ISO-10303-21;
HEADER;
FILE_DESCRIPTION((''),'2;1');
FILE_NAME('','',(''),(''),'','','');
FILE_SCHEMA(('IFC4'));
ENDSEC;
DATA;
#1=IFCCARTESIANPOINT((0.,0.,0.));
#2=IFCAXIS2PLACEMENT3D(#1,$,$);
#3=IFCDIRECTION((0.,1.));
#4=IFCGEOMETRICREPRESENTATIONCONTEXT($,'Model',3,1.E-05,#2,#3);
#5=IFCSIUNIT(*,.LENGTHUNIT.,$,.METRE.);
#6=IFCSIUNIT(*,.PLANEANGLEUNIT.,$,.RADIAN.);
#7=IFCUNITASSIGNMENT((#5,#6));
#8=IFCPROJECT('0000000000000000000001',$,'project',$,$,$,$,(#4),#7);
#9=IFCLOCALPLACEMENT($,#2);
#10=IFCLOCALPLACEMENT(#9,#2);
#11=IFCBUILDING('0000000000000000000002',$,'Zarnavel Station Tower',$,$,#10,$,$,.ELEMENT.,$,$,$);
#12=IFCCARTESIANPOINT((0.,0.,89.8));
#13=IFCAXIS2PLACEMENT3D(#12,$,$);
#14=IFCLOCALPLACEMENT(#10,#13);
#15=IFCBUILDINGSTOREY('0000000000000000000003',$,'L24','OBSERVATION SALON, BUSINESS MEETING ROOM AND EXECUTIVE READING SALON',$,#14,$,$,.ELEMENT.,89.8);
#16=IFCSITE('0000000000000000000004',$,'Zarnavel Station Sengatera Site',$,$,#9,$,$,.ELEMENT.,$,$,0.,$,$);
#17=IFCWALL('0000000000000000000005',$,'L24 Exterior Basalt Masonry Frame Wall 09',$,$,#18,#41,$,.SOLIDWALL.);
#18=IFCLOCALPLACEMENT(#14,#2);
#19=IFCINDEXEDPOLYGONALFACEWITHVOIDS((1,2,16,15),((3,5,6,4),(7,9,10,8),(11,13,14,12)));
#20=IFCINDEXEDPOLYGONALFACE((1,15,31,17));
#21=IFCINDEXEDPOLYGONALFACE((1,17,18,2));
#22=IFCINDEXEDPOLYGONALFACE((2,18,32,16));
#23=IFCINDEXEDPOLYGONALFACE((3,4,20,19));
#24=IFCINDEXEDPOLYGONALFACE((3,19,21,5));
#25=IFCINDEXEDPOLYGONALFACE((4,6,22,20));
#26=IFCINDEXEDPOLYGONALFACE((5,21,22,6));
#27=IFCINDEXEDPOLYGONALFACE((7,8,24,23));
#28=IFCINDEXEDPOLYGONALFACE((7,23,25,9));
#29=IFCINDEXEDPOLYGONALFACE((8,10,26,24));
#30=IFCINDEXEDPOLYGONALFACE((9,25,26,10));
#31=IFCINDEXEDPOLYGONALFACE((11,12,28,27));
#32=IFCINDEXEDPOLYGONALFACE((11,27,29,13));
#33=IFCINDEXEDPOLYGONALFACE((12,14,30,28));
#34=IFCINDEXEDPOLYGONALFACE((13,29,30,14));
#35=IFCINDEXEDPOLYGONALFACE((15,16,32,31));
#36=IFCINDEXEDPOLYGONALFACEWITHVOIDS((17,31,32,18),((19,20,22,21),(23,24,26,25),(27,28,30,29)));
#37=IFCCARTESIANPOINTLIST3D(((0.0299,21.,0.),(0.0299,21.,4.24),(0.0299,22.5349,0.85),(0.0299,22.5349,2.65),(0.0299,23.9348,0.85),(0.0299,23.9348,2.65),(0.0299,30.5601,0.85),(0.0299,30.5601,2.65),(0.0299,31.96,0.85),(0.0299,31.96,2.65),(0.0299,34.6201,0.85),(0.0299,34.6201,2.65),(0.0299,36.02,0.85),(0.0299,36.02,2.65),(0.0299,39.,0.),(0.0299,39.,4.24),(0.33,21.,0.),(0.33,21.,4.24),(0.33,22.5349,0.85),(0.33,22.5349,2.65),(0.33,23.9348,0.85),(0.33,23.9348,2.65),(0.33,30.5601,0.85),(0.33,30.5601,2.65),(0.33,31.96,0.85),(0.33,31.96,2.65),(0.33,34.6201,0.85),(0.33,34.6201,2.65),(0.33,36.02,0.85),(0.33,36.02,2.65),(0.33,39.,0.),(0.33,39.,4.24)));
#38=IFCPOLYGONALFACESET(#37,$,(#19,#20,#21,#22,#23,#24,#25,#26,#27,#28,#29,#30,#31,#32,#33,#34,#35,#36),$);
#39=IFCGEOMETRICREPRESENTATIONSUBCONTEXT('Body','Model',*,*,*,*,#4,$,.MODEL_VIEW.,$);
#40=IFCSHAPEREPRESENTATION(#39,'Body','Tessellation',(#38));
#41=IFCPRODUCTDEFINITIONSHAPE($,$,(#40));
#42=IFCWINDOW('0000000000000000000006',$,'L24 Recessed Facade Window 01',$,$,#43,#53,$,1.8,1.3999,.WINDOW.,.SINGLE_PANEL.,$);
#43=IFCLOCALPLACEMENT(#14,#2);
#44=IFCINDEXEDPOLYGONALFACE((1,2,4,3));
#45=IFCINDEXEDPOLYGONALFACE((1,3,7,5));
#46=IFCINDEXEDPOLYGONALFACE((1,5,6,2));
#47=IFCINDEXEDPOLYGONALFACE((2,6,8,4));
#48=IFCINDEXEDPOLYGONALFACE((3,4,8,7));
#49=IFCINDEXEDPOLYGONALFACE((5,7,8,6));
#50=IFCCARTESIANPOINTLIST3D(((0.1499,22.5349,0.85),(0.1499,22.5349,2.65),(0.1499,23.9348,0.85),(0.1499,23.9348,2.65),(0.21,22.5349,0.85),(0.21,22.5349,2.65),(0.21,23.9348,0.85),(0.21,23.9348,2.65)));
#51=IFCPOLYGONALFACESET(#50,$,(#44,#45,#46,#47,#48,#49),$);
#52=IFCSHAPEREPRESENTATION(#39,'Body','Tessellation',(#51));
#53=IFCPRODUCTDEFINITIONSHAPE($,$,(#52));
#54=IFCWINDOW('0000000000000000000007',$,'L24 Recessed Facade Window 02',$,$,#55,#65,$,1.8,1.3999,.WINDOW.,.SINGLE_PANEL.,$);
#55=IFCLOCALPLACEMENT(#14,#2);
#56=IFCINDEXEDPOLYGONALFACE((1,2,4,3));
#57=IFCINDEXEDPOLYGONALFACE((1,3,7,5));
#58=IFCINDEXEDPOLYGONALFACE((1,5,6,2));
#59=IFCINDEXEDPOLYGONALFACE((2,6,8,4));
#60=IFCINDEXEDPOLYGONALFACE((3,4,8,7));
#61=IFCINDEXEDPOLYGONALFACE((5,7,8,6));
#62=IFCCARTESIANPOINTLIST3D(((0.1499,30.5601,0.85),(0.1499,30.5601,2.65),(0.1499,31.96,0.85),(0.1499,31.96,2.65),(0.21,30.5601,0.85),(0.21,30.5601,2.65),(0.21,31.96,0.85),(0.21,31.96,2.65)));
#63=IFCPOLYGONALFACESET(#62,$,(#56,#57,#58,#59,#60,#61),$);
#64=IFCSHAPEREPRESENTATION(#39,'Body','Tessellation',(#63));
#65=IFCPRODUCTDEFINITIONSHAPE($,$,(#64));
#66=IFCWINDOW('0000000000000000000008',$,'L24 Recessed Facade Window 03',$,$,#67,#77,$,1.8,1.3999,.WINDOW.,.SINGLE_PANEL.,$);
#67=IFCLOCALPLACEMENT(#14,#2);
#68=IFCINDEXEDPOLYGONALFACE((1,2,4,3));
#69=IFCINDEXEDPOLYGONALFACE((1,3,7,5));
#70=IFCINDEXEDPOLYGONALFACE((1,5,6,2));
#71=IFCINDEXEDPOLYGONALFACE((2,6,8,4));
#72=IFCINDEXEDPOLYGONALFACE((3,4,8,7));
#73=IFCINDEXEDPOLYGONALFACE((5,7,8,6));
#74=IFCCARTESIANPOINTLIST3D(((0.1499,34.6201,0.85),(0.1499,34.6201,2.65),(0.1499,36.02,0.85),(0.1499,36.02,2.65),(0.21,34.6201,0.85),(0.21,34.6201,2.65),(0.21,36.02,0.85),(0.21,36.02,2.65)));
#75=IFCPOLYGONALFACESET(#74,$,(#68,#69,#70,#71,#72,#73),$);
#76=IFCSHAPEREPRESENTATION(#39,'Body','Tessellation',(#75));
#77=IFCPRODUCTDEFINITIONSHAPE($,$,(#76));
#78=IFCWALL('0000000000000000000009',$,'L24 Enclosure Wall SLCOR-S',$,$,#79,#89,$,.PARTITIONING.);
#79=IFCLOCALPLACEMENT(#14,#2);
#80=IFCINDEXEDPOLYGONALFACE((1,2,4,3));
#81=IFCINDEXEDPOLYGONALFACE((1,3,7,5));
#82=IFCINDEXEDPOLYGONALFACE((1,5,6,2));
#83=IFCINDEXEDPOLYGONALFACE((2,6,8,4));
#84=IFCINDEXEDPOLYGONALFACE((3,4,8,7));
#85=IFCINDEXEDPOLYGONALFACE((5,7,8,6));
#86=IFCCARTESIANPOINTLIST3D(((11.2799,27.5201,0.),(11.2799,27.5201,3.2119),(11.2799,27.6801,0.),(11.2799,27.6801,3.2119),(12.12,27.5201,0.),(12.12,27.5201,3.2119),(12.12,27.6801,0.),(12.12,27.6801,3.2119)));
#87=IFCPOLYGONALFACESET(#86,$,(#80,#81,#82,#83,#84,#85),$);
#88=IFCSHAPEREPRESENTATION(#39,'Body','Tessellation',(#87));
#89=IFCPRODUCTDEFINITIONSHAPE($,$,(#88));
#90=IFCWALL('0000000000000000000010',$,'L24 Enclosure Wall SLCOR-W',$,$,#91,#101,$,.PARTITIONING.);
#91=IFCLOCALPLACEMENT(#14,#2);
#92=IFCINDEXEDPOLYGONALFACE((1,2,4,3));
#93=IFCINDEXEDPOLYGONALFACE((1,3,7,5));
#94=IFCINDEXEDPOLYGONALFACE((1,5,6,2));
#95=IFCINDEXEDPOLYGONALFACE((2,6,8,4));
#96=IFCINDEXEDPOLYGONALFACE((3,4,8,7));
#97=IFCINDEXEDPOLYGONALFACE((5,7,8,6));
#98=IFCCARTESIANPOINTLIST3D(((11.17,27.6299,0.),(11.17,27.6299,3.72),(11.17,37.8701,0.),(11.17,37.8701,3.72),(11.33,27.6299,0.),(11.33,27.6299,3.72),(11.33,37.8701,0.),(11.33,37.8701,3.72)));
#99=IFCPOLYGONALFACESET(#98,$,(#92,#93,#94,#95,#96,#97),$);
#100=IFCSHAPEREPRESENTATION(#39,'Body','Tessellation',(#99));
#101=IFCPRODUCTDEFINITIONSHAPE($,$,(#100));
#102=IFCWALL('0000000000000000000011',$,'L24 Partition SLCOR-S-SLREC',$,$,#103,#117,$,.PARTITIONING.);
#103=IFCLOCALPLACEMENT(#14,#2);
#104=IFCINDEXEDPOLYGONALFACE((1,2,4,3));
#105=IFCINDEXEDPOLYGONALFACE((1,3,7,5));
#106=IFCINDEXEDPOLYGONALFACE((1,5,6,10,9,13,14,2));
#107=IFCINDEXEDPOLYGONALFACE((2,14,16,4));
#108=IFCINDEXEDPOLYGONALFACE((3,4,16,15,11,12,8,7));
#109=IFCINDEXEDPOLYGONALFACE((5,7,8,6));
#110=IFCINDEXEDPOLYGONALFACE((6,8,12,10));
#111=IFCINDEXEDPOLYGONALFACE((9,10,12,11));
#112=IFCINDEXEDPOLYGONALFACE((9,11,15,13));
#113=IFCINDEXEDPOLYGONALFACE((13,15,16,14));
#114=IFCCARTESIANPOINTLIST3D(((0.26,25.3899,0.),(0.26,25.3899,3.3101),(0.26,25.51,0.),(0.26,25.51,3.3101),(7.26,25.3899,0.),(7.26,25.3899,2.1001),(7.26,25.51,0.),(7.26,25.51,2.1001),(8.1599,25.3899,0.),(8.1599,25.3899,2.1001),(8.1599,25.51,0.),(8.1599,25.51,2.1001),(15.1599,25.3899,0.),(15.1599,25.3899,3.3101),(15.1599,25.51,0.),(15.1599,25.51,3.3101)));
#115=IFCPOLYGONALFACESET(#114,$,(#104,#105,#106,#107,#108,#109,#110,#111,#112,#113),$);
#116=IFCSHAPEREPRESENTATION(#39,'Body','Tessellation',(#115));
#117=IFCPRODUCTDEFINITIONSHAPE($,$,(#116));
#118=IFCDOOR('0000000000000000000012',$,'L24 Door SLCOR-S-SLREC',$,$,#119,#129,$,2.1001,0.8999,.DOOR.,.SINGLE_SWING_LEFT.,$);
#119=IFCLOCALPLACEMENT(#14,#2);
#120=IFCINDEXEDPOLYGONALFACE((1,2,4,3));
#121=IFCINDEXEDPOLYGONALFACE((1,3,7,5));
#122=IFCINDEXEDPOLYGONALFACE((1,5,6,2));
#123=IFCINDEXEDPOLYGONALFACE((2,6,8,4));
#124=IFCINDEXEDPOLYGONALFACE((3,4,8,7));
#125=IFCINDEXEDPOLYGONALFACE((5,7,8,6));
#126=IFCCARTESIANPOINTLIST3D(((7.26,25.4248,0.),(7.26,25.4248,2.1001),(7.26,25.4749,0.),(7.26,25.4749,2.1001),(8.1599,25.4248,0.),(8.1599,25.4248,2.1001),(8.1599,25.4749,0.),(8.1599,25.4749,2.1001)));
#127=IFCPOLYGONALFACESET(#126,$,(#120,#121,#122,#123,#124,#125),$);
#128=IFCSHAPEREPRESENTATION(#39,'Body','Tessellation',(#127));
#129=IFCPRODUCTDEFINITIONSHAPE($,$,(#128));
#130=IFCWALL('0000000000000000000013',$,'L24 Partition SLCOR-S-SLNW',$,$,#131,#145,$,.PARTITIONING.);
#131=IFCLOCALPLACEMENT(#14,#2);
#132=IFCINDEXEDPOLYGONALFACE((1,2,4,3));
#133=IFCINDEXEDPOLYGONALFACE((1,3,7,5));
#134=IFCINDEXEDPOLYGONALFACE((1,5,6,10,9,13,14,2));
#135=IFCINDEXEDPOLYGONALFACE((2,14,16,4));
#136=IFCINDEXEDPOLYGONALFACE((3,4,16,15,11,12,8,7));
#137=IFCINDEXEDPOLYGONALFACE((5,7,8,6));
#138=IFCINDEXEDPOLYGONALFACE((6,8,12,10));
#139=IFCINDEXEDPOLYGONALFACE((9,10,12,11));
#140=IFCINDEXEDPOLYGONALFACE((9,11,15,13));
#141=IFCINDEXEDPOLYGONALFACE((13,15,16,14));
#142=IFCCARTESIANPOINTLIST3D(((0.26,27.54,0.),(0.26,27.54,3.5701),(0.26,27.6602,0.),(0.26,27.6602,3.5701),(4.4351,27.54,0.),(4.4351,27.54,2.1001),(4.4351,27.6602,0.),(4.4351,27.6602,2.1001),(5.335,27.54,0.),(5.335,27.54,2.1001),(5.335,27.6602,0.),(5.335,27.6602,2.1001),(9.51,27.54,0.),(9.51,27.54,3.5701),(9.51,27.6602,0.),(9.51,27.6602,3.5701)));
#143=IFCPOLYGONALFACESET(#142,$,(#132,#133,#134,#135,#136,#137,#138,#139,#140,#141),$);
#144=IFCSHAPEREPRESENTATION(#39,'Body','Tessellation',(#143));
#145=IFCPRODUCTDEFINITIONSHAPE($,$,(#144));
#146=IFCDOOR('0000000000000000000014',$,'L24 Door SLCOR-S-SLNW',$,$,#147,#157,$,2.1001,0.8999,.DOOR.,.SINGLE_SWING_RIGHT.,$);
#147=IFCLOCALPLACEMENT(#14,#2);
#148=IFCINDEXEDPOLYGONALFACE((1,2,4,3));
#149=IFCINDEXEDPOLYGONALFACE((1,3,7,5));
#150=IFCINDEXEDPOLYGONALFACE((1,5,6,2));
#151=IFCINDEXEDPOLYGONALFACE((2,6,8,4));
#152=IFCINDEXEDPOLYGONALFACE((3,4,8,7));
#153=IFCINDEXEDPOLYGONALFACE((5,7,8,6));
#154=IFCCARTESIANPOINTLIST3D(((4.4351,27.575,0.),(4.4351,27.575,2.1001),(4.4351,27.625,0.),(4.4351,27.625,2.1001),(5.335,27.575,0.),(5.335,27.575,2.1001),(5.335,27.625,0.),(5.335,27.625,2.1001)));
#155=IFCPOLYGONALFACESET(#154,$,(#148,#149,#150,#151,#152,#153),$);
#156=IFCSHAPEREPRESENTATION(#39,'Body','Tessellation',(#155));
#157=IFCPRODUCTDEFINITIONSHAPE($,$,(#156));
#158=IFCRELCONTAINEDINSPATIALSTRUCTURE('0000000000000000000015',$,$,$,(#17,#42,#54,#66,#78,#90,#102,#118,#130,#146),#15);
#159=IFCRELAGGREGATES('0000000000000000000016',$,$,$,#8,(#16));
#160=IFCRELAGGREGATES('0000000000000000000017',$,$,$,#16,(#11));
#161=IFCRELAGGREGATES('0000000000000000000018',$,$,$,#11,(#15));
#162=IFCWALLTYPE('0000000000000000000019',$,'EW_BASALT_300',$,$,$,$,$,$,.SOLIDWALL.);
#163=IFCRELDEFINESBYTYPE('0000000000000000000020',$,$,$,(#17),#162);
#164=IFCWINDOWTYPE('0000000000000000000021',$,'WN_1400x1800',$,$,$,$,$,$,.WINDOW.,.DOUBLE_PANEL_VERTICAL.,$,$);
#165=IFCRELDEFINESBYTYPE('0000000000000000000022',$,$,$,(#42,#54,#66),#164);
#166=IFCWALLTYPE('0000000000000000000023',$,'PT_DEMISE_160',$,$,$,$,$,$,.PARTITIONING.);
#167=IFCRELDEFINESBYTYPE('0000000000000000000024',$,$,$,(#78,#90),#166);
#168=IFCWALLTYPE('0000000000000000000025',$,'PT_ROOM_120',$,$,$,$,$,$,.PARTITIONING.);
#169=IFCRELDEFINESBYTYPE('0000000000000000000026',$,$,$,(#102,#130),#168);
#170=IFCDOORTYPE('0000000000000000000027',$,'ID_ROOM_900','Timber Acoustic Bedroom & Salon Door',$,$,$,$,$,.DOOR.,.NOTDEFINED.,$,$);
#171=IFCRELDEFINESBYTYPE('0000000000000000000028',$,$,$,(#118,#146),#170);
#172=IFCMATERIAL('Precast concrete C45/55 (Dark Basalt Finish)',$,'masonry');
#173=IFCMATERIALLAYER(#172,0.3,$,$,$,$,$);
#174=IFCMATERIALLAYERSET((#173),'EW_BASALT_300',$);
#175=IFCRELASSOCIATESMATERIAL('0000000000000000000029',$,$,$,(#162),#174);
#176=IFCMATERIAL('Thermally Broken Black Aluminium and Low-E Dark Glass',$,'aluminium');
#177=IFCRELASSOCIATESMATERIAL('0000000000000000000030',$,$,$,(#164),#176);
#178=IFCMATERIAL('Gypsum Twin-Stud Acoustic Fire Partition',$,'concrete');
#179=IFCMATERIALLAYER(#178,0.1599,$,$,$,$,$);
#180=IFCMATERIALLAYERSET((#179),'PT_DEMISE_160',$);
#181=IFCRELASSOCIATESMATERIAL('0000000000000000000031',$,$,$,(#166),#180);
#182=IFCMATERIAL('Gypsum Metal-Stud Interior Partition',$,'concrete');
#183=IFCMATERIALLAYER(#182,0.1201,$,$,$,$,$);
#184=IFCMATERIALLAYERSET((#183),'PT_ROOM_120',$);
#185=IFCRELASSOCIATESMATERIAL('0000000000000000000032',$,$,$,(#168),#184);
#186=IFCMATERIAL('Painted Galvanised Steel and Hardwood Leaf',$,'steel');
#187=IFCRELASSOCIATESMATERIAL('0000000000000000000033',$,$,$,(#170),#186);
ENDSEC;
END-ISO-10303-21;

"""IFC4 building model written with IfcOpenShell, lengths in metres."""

from ifc_helpers import new_model, si_unit, direction, frame, frame_2d, origin, place, context, subcontext, project, spatial, rectangle, extrude, material, layer, layer_set, type_object, element, fill, save


model = new_model("IFC4")

# Units and contexts
model_context = context("Model", 3, precision=1e-05, world=origin(), true_north=direction((0.0, 1.0)))
body_context = subcontext(model_context, "Body", "Model", "MODEL_VIEW")
ifc_project = project(units=[si_unit("LENGTHUNIT", "METRE"), si_unit("PLANEANGLEUNIT", "RADIAN")], contexts=[model_context])

# Site, building, storey
site_placement = place(None, origin())
site = spatial("IfcSite", under=ifc_project, at=site_placement, Name="Zarnavel Station Sengatera Site", CompositionType="ELEMENT", RefElevation=0.0)
building_placement = place(site_placement, origin())
building = spatial("IfcBuilding", under=site, at=building_placement, Name="Zarnavel Station Tower", CompositionType="ELEMENT")
storey_placement = place(building_placement, frame((0.0, 0.0, 89.8)))
storey = spatial("IfcBuildingStorey", under=building, at=storey_placement, Name="L24", Description="OBSERVATION SALON, BUSINESS MEETING ROOM AND EXECUTIVE READING SALON", CompositionType="ELEMENT", Elevation=89.8)

# Wall, openings, windows
ifc_material_1 = material(Name="Precast concrete C45/55 (Dark Basalt Finish)", Category="masonry")
ifc_layer_1 = layer(ifc_material_1, 0.3)
ifc_layer_set_1 = layer_set([ifc_layer_1], Name="EW_BASALT_300")
wall_type_1 = type_object("IfcWallType", Name="EW_BASALT_300", PredefinedType="SOLIDWALL", material=ifc_layer_set_1)
wall_1_placement = place(storey_placement, frame((0.1799, 21.0, 0.0), z_axis=(0.0, 0.0, 1.0), x_axis=(0.0, 1.0, 0.0)))
wall_1 = element("IfcWall", 1, at=wall_1_placement, inside=storey, type_object=wall_type_1, Name="L24 Exterior Basalt Masonry Frame Wall 09", PredefinedType="SOLIDWALL", context=body_context, shape_type="SweptSolid", body=[
    extrude(rectangle(XDim=18.0, YDim=0.3, at=frame_2d((9.0, 0.0))), origin(), (0.0, 0.0, 1.0), 4.24),
])
opening_1_placement = place(wall_1_placement, frame((1.5349, 0.0, 0.8501)))
opening_1 = element("IfcOpeningElement", 2, at=opening_1_placement, cuts=wall_1, PredefinedType="OPENING", context=body_context, shape_type="SweptSolid", body=[
    extrude(rectangle(XDim=1.3999, YDim=1.8, at=frame_2d((0.7, 0.8999))), frame((0.0, 0.1599, 0.0), z_axis=(0.0, -1.0, 0.0), x_axis=(1.0, 0.0, 0.0)), (0.0, 0.0, 1.0), 0.3201),
])
opening_2_placement = place(wall_1_placement, frame((9.5601, 0.0, 0.8501)))
opening_2 = element("IfcOpeningElement", 3, at=opening_2_placement, cuts=wall_1, PredefinedType="OPENING", context=body_context, shape_type="SweptSolid", body=[
    extrude(rectangle(XDim=1.3999, YDim=1.8, at=frame_2d((0.7, 0.8999))), frame((0.0, 0.1599, 0.0), z_axis=(0.0, -1.0, 0.0), x_axis=(1.0, 0.0, 0.0)), (0.0, 0.0, 1.0), 0.3201),
])
opening_3_placement = place(wall_1_placement, frame((13.6201, 0.0, 0.8501)))
opening_3 = element("IfcOpeningElement", 4, at=opening_3_placement, cuts=wall_1, PredefinedType="OPENING", context=body_context, shape_type="SweptSolid", body=[
    extrude(rectangle(XDim=1.3999, YDim=1.8, at=frame_2d((0.7, 0.8999))), frame((0.0, 0.1599, 0.0), z_axis=(0.0, -1.0, 0.0), x_axis=(1.0, 0.0, 0.0)), (0.0, 0.0, 1.0), 0.3201),
])
ifc_material_2 = material(Name="Thermally Broken Black Aluminium and Low-E Dark Glass", Category="aluminium")
window_type = type_object("IfcWindowType", Name="WN_1400x1800", PartitioningType="DOUBLE_PANEL_VERTICAL", PredefinedType="WINDOW", material=ifc_material_2)
window_1_placement = place(opening_1_placement, origin())
window_1 = element("IfcWindow", 5, at=window_1_placement, inside=storey, type_object=window_type, Name="L24 Recessed Facade Window 01", OverallHeight=1.8, OverallWidth=1.3999, PartitioningType="SINGLE_PANEL", PredefinedType="WINDOW", context=body_context, shape_type="SweptSolid", body=[
    extrude(rectangle(XDim=1.3999, YDim=1.8, at=frame_2d((0.7, 0.8999))), frame((0.0, 0.03, 0.0), z_axis=(0.0, -1.0, 0.0), x_axis=(1.0, 0.0, 0.0)), (0.0, 0.0, 1.0), 0.0601),
])
fill(opening_1, window_1)
window_2_placement = place(opening_2_placement, origin())
window_2 = element("IfcWindow", 6, at=window_2_placement, inside=storey, type_object=window_type, Name="L24 Recessed Facade Window 02", OverallHeight=1.8, OverallWidth=1.3999, PartitioningType="SINGLE_PANEL", PredefinedType="WINDOW", context=body_context, shape_type="SweptSolid", body=[
    extrude(rectangle(XDim=1.3999, YDim=1.8, at=frame_2d((0.7, 0.8999))), frame((0.0, 0.03, 0.0), z_axis=(0.0, -1.0, 0.0), x_axis=(1.0, 0.0, 0.0)), (0.0, 0.0, 1.0), 0.0601),
])
fill(opening_2, window_2)
window_3_placement = place(opening_3_placement, origin())
window_3 = element("IfcWindow", 7, at=window_3_placement, inside=storey, type_object=window_type, Name="L24 Recessed Facade Window 03", OverallHeight=1.8, OverallWidth=1.3999, PartitioningType="SINGLE_PANEL", PredefinedType="WINDOW", context=body_context, shape_type="SweptSolid", body=[
    extrude(rectangle(XDim=1.3999, YDim=1.8, at=frame_2d((0.7, 0.8999))), frame((0.0, 0.03, 0.0), z_axis=(0.0, -1.0, 0.0), x_axis=(1.0, 0.0, 0.0)), (0.0, 0.0, 1.0), 0.0601),
])
fill(opening_3, window_3)

# Walls
ifc_material_3 = material(Name="Gypsum Twin-Stud Acoustic Fire Partition", Category="concrete")
ifc_layer_2 = layer(ifc_material_3, 0.1599)
ifc_layer_set_2 = layer_set([ifc_layer_2], Name="PT_DEMISE_160")
wall_type_2 = type_object("IfcWallType", Name="PT_DEMISE_160", PredefinedType="PARTITIONING", material=ifc_layer_set_2)
wall_2_placement = place(storey_placement, frame((11.28, 27.6001, 0.0), z_axis=(0.0, 0.0, 1.0), x_axis=(1.0, 0.0, 0.0)))
element("IfcWall", 8, at=wall_2_placement, inside=storey, type_object=wall_type_2, Name="L24 Enclosure Wall SLCOR-S", PredefinedType="PARTITIONING", context=body_context, shape_type="SweptSolid", body=[
    extrude(rectangle(XDim=0.8401, YDim=0.1599, at=frame_2d((0.4199, 0.0))), origin(), (0.0, 0.0, 1.0), 3.2119),
])
wall_3_placement = place(storey_placement, frame((11.25, 27.6299, 0.0), z_axis=(0.0, 0.0, 1.0), x_axis=(0.0, 1.0, 0.0)))
element("IfcWall", 9, at=wall_3_placement, inside=storey, type_object=wall_type_2, Name="L24 Enclosure Wall SLCOR-W", PredefinedType="PARTITIONING", context=body_context, shape_type="SweptSolid", body=[
    extrude(rectangle(XDim=10.2402, YDim=0.1599, at=frame_2d((5.1201, 0.0))), origin(), (0.0, 0.0, 1.0), 3.72),
])

# Walls, openings, doors
ifc_material_4 = material(Name="Gypsum Metal-Stud Interior Partition", Category="concrete")
ifc_layer_3 = layer(ifc_material_4, 0.1201)
ifc_layer_set_3 = layer_set([ifc_layer_3], Name="PT_ROOM_120")
wall_type_3 = type_object("IfcWallType", Name="PT_ROOM_120", PredefinedType="PARTITIONING", material=ifc_layer_set_3)
wall_4_placement = place(storey_placement, frame((0.26, 25.45, 0.0), z_axis=(0.0, 0.0, 1.0), x_axis=(1.0, 0.0, 0.0)))
wall_4 = element("IfcWall", 10, at=wall_4_placement, inside=storey, type_object=wall_type_3, Name="L24 Partition SLCOR-S-SLREC", PredefinedType="PARTITIONING", context=body_context, shape_type="SweptSolid", body=[
    extrude(rectangle(XDim=14.8999, YDim=0.1201, at=frame_2d((7.45, 0.0))), origin(), (0.0, 0.0, 1.0), 3.3101),
])
opening_4_placement = place(wall_4_placement, frame((7.0, 0.0, 0.0)))
opening_4 = element("IfcOpeningElement", 11, at=opening_4_placement, cuts=wall_4, PredefinedType="OPENING", context=body_context, shape_type="SweptSolid", body=[
    extrude(rectangle(XDim=0.8999, YDim=2.1001, at=frame_2d((0.45, 1.05))), frame((0.0, 0.0701, 0.0), z_axis=(0.0, -1.0, 0.0), x_axis=(1.0, 0.0, 0.0)), (0.0, 0.0, 1.0), 0.1401),
])
ifc_material_5 = material(Name="Painted Galvanised Steel and Hardwood Leaf", Category="steel")
door_type = type_object("IfcDoorType", Name="ID_ROOM_900", Description="Timber Acoustic Bedroom & Salon Door", OperationType="NOTDEFINED", PredefinedType="DOOR", material=ifc_material_5)
door_1_placement = place(opening_4_placement, origin())
door_1 = element("IfcDoor", 12, at=door_1_placement, inside=storey, type_object=door_type, Name="L24 Door SLCOR-S-SLREC", OperationType="SINGLE_SWING_LEFT", OverallHeight=2.1001, OverallWidth=0.8999, PredefinedType="DOOR", context=body_context, shape_type="SweptSolid", body=[
    extrude(rectangle(XDim=0.8999, YDim=2.1001, at=frame_2d((0.45, 1.05))), frame((0.0, 0.0249, 0.0), z_axis=(0.0, -1.0, 0.0), x_axis=(1.0, 0.0, 0.0)), (0.0, 0.0, 1.0), 0.05),
])
fill(opening_4, door_1)
wall_5_placement = place(storey_placement, frame((0.26, 27.6001, 0.0), z_axis=(0.0, 0.0, 1.0), x_axis=(1.0, 0.0, 0.0)))
wall_5 = element("IfcWall", 13, at=wall_5_placement, inside=storey, type_object=wall_type_3, Name="L24 Partition SLCOR-S-SLNW", PredefinedType="PARTITIONING", context=body_context, shape_type="SweptSolid", body=[
    extrude(rectangle(XDim=9.25, YDim=0.1201, at=frame_2d((4.625, 0.0))), origin(), (0.0, 0.0, 1.0), 3.5701),
])
opening_5_placement = place(wall_5_placement, frame((4.175, 0.0, 0.0)))
opening_5 = element("IfcOpeningElement", 14, at=opening_5_placement, cuts=wall_5, PredefinedType="OPENING", context=body_context, shape_type="SweptSolid", body=[
    extrude(rectangle(XDim=0.8999, YDim=2.1001, at=frame_2d((0.45, 1.05))), frame((0.0, 0.0701, 0.0), z_axis=(0.0, -1.0, 0.0), x_axis=(1.0, 0.0, 0.0)), (0.0, 0.0, 1.0), 0.1401),
])
door_2_placement = place(opening_5_placement, origin())
door_2 = element("IfcDoor", 15, at=door_2_placement, inside=storey, type_object=door_type, Name="L24 Door SLCOR-S-SLNW", OperationType="SINGLE_SWING_RIGHT", OverallHeight=2.1001, OverallWidth=0.8999, PredefinedType="DOOR", context=body_context, shape_type="SweptSolid", body=[
    extrude(rectangle(XDim=0.8999, YDim=2.1001, at=frame_2d((0.45, 1.05))), frame((0.0, 0.0249, 0.0), z_axis=(0.0, -1.0, 0.0), x_axis=(1.0, 0.0, 0.0)), (0.0, 0.0, 1.0), 0.05),
])
fill(opening_5, door_2)

save(model, "model.ifc")
